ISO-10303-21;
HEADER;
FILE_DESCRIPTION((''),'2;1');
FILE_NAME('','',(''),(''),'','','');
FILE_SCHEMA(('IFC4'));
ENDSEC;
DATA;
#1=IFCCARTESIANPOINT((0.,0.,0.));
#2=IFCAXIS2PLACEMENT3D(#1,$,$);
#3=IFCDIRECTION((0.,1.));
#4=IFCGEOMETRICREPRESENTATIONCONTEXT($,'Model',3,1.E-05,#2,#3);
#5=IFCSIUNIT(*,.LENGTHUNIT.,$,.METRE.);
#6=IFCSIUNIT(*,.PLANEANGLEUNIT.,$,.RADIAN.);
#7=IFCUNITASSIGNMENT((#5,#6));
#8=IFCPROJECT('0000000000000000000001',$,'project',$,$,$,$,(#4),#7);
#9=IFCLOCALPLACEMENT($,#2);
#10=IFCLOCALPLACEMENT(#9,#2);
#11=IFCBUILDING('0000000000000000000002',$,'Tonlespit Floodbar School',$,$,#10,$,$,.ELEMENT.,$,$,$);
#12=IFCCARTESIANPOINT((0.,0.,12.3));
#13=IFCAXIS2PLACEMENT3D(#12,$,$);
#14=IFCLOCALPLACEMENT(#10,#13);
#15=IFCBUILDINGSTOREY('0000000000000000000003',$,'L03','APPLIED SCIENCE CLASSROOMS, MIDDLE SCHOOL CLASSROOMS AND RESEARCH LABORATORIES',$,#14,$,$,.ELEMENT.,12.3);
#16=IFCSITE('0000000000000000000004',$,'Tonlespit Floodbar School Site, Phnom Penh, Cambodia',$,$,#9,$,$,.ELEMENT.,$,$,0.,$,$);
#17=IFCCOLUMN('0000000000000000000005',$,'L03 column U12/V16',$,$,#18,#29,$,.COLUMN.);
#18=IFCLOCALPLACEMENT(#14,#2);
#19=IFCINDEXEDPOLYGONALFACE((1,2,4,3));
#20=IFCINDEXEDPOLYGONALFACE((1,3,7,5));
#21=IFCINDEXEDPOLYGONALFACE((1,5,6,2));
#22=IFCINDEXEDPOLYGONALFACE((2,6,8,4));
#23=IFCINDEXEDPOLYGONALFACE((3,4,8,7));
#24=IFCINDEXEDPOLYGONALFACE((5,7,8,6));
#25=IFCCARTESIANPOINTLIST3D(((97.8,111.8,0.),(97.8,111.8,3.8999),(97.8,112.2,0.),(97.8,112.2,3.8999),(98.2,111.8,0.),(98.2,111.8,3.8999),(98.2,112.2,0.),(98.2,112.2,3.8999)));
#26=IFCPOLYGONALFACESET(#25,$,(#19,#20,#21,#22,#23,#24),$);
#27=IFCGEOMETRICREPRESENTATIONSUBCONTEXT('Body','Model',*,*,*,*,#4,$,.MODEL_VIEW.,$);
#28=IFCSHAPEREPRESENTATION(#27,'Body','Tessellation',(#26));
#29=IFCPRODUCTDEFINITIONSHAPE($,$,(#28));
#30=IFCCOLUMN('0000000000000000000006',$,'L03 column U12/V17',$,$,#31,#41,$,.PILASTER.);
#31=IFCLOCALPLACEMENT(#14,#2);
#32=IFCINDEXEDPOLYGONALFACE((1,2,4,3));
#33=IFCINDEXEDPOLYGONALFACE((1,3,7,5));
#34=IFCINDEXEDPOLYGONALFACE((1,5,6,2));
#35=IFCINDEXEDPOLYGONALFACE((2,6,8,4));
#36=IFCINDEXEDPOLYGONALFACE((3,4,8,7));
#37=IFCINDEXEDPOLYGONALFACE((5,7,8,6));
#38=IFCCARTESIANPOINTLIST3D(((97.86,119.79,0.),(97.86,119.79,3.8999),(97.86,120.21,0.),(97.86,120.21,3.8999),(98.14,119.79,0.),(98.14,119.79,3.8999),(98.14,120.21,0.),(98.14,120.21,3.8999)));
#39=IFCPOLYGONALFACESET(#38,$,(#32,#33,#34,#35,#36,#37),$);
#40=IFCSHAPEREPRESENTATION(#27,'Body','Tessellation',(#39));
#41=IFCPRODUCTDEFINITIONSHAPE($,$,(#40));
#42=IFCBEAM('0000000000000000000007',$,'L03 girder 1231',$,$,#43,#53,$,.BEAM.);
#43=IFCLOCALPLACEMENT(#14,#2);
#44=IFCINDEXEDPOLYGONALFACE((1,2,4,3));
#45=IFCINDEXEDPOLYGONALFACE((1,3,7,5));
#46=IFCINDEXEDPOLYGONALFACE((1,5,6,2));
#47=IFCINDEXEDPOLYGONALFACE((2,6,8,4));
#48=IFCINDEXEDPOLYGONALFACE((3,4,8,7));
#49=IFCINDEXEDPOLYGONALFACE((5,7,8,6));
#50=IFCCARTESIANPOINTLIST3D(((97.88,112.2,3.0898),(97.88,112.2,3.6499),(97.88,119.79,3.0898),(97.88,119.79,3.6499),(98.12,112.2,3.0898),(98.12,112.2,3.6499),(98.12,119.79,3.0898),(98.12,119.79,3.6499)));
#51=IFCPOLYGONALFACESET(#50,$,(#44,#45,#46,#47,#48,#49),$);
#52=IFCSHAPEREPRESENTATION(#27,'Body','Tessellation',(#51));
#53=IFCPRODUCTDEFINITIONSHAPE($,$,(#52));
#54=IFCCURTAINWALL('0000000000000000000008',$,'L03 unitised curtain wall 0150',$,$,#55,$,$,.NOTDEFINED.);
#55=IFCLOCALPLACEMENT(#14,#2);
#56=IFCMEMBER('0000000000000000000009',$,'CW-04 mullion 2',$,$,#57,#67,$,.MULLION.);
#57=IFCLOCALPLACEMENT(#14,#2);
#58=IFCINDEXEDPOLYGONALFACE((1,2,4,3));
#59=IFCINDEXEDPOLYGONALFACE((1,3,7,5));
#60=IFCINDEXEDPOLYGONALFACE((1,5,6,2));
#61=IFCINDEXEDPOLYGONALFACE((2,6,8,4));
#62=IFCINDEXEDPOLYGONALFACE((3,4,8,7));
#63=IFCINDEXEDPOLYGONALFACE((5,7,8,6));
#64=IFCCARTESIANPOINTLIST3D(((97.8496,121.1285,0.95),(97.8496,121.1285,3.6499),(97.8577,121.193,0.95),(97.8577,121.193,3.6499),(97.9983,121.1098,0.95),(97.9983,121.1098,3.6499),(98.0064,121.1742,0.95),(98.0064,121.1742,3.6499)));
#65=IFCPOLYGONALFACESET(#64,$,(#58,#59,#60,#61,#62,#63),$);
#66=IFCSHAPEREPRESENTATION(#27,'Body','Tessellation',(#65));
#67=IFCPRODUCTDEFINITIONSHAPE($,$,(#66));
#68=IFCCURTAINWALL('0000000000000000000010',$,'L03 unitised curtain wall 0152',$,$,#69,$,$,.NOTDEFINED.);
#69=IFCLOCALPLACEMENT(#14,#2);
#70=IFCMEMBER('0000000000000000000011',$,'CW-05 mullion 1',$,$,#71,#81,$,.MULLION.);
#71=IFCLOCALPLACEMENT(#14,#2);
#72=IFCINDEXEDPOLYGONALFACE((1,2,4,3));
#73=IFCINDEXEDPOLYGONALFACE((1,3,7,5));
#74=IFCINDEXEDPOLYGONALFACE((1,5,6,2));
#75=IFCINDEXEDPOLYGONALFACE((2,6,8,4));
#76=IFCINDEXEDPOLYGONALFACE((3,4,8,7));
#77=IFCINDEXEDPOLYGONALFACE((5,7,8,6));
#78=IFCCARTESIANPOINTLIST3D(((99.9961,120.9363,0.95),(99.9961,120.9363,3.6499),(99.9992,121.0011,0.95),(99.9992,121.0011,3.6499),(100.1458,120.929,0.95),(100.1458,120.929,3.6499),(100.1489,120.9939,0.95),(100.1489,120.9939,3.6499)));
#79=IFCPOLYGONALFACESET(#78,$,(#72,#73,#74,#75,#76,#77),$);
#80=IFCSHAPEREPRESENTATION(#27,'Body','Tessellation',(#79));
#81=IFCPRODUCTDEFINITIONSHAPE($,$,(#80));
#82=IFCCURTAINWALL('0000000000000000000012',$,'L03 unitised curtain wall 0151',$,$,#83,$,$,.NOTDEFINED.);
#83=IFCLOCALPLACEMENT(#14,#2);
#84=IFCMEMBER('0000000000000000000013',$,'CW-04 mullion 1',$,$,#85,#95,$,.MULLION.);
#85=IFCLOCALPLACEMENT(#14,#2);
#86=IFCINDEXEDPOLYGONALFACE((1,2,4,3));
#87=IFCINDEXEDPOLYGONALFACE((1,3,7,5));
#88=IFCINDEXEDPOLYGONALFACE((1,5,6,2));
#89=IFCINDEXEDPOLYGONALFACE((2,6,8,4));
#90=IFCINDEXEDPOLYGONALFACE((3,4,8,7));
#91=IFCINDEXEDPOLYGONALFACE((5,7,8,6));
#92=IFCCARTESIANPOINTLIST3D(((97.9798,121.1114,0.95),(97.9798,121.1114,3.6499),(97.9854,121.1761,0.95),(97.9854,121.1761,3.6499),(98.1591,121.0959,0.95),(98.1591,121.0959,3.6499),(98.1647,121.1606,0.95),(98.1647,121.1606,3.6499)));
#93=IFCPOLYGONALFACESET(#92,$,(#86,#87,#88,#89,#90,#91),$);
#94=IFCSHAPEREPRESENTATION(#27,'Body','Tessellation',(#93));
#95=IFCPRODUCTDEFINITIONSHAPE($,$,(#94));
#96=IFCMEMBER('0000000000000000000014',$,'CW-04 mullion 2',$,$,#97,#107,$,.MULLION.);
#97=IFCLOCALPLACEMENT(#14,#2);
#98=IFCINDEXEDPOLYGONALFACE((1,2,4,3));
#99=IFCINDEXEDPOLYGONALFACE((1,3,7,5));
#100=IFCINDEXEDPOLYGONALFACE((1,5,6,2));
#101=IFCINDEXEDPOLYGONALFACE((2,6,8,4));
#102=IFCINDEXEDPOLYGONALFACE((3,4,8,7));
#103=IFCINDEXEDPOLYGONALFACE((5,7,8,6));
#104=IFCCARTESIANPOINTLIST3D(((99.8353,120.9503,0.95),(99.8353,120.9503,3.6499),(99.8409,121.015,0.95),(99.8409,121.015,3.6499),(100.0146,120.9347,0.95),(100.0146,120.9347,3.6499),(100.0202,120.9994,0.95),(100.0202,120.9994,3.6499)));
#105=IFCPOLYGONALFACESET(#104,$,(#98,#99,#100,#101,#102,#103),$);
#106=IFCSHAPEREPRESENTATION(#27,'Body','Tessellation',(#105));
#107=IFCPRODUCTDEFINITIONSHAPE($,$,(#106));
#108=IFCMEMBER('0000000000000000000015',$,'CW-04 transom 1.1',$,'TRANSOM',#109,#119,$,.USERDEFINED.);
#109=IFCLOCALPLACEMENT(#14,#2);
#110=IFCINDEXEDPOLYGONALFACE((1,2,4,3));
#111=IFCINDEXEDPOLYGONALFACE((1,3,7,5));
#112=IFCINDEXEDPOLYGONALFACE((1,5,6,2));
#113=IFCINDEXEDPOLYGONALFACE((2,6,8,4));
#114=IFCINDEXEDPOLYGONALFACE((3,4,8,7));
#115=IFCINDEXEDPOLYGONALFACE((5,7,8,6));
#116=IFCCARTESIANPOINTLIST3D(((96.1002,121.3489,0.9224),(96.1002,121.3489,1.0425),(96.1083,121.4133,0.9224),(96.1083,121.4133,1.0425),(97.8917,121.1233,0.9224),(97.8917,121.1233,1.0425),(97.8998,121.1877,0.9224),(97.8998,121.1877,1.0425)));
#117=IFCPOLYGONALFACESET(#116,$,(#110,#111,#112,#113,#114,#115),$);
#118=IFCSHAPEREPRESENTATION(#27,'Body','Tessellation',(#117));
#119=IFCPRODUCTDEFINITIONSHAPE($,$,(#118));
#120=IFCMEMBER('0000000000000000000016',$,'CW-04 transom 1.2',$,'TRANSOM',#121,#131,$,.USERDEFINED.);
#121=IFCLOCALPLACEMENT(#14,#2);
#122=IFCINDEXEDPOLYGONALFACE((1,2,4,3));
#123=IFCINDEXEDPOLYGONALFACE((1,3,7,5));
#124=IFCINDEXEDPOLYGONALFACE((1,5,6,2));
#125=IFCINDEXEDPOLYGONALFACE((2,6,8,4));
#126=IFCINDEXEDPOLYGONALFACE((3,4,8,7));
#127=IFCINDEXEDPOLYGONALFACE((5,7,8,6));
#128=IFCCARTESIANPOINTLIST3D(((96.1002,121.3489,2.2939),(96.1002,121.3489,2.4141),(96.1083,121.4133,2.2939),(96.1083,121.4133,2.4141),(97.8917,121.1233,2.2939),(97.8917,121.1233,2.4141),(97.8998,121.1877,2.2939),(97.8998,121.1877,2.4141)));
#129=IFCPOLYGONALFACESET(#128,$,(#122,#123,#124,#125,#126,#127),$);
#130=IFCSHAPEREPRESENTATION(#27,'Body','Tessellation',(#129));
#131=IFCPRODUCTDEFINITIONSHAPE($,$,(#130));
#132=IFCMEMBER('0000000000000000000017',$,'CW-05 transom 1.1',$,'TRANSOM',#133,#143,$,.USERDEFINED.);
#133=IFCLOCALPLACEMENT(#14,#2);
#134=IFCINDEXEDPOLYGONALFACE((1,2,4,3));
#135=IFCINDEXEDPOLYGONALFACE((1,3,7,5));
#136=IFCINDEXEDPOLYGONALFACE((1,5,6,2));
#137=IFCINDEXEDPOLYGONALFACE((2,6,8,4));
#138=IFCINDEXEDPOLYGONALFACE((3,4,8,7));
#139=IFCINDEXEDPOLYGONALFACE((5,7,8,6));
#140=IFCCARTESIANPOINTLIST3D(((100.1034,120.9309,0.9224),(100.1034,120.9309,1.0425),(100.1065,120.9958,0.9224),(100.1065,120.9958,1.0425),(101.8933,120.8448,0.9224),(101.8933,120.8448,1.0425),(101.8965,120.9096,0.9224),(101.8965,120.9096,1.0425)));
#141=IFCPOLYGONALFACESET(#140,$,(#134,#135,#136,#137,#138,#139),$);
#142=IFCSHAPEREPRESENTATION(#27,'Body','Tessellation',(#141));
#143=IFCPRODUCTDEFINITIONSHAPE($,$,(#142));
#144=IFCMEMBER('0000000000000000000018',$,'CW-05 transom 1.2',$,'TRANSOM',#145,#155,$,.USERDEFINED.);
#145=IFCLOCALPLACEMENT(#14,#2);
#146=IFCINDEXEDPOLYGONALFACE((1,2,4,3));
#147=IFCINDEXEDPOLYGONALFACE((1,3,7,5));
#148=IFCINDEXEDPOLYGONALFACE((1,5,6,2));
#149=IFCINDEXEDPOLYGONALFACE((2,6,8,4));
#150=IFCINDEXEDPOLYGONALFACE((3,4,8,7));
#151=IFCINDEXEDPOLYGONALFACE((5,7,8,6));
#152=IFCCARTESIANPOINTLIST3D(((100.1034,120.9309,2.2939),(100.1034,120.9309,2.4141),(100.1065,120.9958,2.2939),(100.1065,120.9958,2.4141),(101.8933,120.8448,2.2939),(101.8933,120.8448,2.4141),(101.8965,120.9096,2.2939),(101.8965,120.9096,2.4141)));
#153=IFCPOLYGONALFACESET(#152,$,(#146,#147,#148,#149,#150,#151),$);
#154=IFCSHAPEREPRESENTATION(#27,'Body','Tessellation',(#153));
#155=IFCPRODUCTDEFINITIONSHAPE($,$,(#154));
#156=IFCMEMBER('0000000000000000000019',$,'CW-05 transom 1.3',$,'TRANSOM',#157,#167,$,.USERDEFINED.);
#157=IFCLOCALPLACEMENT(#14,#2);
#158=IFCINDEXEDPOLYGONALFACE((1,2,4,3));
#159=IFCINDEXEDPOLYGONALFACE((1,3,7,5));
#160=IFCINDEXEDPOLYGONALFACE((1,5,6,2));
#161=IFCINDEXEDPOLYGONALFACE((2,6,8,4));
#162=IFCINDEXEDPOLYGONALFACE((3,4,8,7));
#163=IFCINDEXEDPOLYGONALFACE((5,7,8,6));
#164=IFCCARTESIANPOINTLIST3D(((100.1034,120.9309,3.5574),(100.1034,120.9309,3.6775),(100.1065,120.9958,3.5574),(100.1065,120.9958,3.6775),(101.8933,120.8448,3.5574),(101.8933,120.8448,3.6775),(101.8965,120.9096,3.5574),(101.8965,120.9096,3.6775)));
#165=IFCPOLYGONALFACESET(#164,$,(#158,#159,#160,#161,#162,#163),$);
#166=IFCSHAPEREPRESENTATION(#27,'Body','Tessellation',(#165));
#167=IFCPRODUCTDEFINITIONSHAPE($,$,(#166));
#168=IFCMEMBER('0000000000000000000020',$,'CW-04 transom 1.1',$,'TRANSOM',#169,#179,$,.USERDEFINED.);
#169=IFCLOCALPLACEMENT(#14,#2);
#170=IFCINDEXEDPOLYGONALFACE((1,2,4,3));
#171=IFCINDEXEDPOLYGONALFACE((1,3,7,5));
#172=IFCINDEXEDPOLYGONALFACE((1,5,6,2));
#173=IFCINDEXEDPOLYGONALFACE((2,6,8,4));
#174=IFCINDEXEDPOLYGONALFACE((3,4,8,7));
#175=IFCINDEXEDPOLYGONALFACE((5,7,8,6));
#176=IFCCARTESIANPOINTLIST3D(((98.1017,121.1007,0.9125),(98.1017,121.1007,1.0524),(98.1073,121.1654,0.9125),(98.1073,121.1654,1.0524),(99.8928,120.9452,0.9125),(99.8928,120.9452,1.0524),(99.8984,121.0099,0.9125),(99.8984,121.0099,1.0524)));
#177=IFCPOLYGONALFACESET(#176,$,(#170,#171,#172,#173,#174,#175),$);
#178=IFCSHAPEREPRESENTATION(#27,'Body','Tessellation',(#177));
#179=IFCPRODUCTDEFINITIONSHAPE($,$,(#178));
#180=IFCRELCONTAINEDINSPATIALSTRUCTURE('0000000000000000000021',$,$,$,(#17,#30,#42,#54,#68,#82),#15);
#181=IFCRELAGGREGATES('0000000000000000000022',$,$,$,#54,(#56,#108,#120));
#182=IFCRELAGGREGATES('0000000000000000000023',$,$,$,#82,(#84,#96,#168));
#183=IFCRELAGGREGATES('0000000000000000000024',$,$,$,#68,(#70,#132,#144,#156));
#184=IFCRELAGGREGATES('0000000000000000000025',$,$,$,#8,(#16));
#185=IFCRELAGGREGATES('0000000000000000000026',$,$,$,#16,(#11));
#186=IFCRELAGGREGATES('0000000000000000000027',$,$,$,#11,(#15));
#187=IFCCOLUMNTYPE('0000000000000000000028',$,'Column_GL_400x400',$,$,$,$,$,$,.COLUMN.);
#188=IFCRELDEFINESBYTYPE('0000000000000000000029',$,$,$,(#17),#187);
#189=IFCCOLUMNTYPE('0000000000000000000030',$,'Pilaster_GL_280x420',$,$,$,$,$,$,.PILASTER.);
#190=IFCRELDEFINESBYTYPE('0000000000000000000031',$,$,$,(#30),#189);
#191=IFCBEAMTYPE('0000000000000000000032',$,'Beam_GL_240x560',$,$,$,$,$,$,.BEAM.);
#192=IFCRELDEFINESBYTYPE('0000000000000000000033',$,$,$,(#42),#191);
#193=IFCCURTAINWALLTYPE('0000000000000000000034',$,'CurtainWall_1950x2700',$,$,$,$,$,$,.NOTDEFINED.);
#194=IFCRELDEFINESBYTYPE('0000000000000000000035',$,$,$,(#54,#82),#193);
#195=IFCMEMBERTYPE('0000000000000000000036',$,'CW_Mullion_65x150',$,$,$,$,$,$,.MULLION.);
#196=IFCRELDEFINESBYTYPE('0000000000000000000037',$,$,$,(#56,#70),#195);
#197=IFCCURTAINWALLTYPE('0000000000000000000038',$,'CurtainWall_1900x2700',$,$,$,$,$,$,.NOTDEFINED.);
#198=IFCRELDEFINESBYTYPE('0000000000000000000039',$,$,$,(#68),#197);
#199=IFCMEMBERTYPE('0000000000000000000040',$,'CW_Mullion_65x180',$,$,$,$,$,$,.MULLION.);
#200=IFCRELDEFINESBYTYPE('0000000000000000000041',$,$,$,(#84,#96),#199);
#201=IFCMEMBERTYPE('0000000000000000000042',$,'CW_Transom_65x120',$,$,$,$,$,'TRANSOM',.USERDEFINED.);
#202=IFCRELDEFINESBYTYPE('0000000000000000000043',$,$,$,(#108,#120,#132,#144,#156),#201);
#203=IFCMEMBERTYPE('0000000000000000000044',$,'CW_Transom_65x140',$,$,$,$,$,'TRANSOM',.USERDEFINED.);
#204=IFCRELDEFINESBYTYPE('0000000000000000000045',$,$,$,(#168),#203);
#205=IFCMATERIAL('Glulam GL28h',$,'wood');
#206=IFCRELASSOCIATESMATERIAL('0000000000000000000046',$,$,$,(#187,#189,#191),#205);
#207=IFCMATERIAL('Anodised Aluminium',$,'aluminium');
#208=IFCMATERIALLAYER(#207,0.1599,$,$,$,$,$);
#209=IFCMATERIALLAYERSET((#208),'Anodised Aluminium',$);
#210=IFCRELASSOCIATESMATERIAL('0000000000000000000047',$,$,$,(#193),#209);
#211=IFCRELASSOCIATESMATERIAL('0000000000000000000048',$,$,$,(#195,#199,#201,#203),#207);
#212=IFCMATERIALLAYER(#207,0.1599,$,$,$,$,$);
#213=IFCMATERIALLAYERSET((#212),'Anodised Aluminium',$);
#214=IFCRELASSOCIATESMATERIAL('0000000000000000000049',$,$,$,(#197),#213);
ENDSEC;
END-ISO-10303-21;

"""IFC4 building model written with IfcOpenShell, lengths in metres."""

from ifc_helpers import new_model, si_unit, direction, frame, origin, origin_2d, place, context, subcontext, project, spatial, rectangle, extrude, material, layer, layer_set, material_profile, profile_set, type_object, element, aggregate, save


model = new_model("IFC4")

# Units and contexts
model_context = context("Model", 3, precision=1e-05, world=origin(), true_north=direction((0.0, 1.0)))
body_context = subcontext(model_context, "Body", "Model", "MODEL_VIEW")
ifc_project = project(units=[si_unit("LENGTHUNIT", "METRE"), si_unit("PLANEANGLEUNIT", "RADIAN")], contexts=[model_context])

# Site, building, storey
site_placement = place(None, origin())
site = spatial("IfcSite", under=ifc_project, at=site_placement, Name="Tonlespit Floodbar School Site, Phnom Penh, Cambodia", CompositionType="ELEMENT", RefElevation=0.0)
building_placement = place(site_placement, origin())
building = spatial("IfcBuilding", under=site, at=building_placement, Name="Tonlespit Floodbar School", CompositionType="ELEMENT")
storey_placement = place(building_placement, frame((0.0, 0.0, 12.3)))
storey = spatial("IfcBuildingStorey", under=building, at=storey_placement, Name="L03", Description="APPLIED SCIENCE CLASSROOMS, MIDDLE SCHOOL CLASSROOMS AND RESEARCH LABORATORIES", CompositionType="ELEMENT", Elevation=12.3)

# Columns
ifc_material_1 = material(Name="Glulam GL28h", Category="wood")
ifc_material_profile_1 = material_profile(ifc_material_1, rectangle(XDim=0.3999, YDim=0.3999, at=origin_2d()), Name="GL 400x400")
ifc_profile_set_1 = profile_set([ifc_material_profile_1], Name="Glulam GL28h")
column_type_1 = type_object("IfcColumnType", Name="Column_GL_400x400", PredefinedType="COLUMN", material=ifc_profile_set_1)
column_1_placement = place(storey_placement, frame((98.0, 112.0, 0.0), z_axis=(0.0, 0.0, 1.0), x_axis=(1.0, 0.0, 0.0)))
element("IfcColumn", 1, at=column_1_placement, inside=storey, type_object=column_type_1, Name="L03 column U12/V16", PredefinedType="COLUMN", context=body_context, shape_type="SweptSolid", body=[
    extrude(rectangle(XDim=0.3999, YDim=0.3999, at=origin_2d()), origin(), (0.0, 0.0, 1.0), 3.8999),
])
ifc_material_profile_2 = material_profile(ifc_material_1, rectangle(XDim=0.28, YDim=0.4199, at=origin_2d()), Name="GL 280x420")
ifc_profile_set_2 = profile_set([ifc_material_profile_2], Name="Glulam GL28h")
column_type_2 = type_object("IfcColumnType", Name="Pilaster_GL_280x420", PredefinedType="PILASTER", material=ifc_profile_set_2)
column_2_placement = place(storey_placement, frame((98.0, 120.0, 0.0), z_axis=(0.0, 0.0, 1.0), x_axis=(1.0, 0.0, 0.0)))
element("IfcColumn", 2, at=column_2_placement, inside=storey, type_object=column_type_2, Name="L03 column U12/V17", PredefinedType="PILASTER", context=body_context, shape_type="SweptSolid", body=[
    extrude(rectangle(XDim=0.28, YDim=0.4199, at=origin_2d()), origin(), (0.0, 0.0, 1.0), 3.8999),
])

# Beam
ifc_material_profile_3 = material_profile(ifc_material_1, rectangle(XDim=0.24, YDim=0.5601, at=origin_2d()), Name="GL 240x560")
ifc_profile_set_3 = profile_set([ifc_material_profile_3], Name="Glulam GL28h")
beam_type_1 = type_object("IfcBeamType", Name="Beam_GL_240x560", PredefinedType="BEAM", material=ifc_profile_set_3)
beam_1_placement = place(storey_placement, frame((98.0, 112.2, 3.3699), z_axis=(0.0, 1.0, 0.0), x_axis=(-1.0, 0.0, 0.0)))
element("IfcBeam", 3, at=beam_1_placement, inside=storey, type_object=beam_type_1, Name="L03 girder 1231", PredefinedType="BEAM", context=body_context, shape_type="SweptSolid", body=[
    extrude(rectangle(XDim=0.24, YDim=0.5601, at=origin_2d()), origin(), (0.0, 0.0, 1.0), 7.5901),
])

# Curtain walls, members
ifc_material_2 = material(Name="Anodised Aluminium", Category="aluminium")
ifc_layer_1 = layer(ifc_material_2, 0.1599)
ifc_layer_set_1 = layer_set([ifc_layer_1], Name="Anodised Aluminium")
curtain_wall_type_1 = type_object("IfcCurtainWallType", Name="CurtainWall_1950x2700", PredefinedType="NOTDEFINED", material=ifc_layer_set_1)
curtain_wall_1_placement = place(storey_placement, origin())
curtain_wall_1 = element("IfcCurtainWall", 4, at=curtain_wall_1_placement, inside=storey, type_object=curtain_wall_type_1, Name="L03 unitised curtain wall 0150", PredefinedType="NOTDEFINED")
ifc_material_profile_4 = material_profile(ifc_material_2, rectangle(XDim=0.0649, YDim=0.1499, at=origin_2d()), Name="ALU M65x150")
ifc_profile_set_4 = profile_set([ifc_material_profile_4], Name="Anodised Aluminium")
member_type_1 = type_object("IfcMemberType", Name="CW_Mullion_65x150", PredefinedType="MULLION", material=ifc_profile_set_4)
member_1_placement = place(storey_placement, frame((97.928, 121.1514, 0.95), z_axis=(0.0, 0.0, 1.0), x_axis=(0.125014, 0.992155, 0.0)))
member_1 = element("IfcMember", 5, at=member_1_placement, type_object=member_type_1, Name="CW-04 mullion 2", PredefinedType="MULLION", context=body_context, shape_type="SweptSolid", body=[
    extrude(rectangle(XDim=0.0649, YDim=0.1499, at=origin_2d()), origin(), (0.0, 0.0, 1.0), 2.7),
])
ifc_layer_2 = layer(ifc_material_2, 0.1599)
ifc_layer_set_2 = layer_set([ifc_layer_2], Name="Anodised Aluminium")
curtain_wall_type_2 = type_object("IfcCurtainWallType", Name="CurtainWall_1900x2700", PredefinedType="NOTDEFINED", material=ifc_layer_set_2)
curtain_wall_2_placement = place(storey_placement, origin())
curtain_wall_2 = element("IfcCurtainWall", 6, at=curtain_wall_2_placement, inside=storey, type_object=curtain_wall_type_2, Name="L03 unitised curtain wall 0152", PredefinedType="NOTDEFINED")
member_2_placement = place(storey_placement, frame((100.0725, 120.9651, 0.95), z_axis=(0.0, 0.0, 1.0), x_axis=(0.048121, 0.998842, 0.0)))
member_2 = element("IfcMember", 7, at=member_2_placement, type_object=member_type_1, Name="CW-05 mullion 1", PredefinedType="MULLION", context=body_context, shape_type="SweptSolid", body=[
    extrude(rectangle(XDim=0.0649, YDim=0.1499, at=origin_2d()), origin(), (0.0, 0.0, 1.0), 2.7),
])

# Curtain wall, members
curtain_wall_3_placement = place(storey_placement, origin())
curtain_wall_3 = element("IfcCurtainWall", 8, at=curtain_wall_3_placement, inside=storey, type_object=curtain_wall_type_1, Name="L03 unitised curtain wall 0151", PredefinedType="NOTDEFINED")
ifc_material_profile_5 = material_profile(ifc_material_2, rectangle(XDim=0.0649, YDim=0.1799, at=origin_2d()), Name="ALU M65x180")
ifc_profile_set_5 = profile_set([ifc_material_profile_5], Name="Anodised Aluminium")
member_type_2 = type_object("IfcMemberType", Name="CW_Mullion_65x180", PredefinedType="MULLION", material=ifc_profile_set_5)
member_3_placement = place(storey_placement, frame((98.0723, 121.136, 0.95), z_axis=(0.0, 0.0, 1.0), x_axis=(0.086531, 0.996249, 0.0)))
member_3 = element("IfcMember", 9, at=member_3_placement, type_object=member_type_2, Name="CW-04 mullion 1", PredefinedType="MULLION", context=body_context, shape_type="SweptSolid", body=[
    extrude(rectangle(XDim=0.0649, YDim=0.1799, at=origin_2d()), origin(), (0.0, 0.0, 1.0), 2.7),
])
member_4_placement = place(storey_placement, frame((99.9277, 120.9749, 0.95), z_axis=(0.0, 0.0, 1.0), x_axis=(0.086531, 0.996249, 0.0)))
member_4 = element("IfcMember", 10, at=member_4_placement, type_object=member_type_2, Name="CW-04 mullion 2", PredefinedType="MULLION", context=body_context, shape_type="SweptSolid", body=[
    extrude(rectangle(XDim=0.0649, YDim=0.1799, at=origin_2d()), origin(), (0.0, 0.0, 1.0), 2.7),
])

# Members
ifc_material_profile_6 = material_profile(ifc_material_2, rectangle(XDim=0.0649, YDim=0.1201, at=origin_2d()), Name="ALU T65x120")
ifc_profile_set_6 = profile_set([ifc_material_profile_6], Name="Anodised Aluminium")
member_type_3 = type_object("IfcMemberType", Name="CW_Transom_65x120", ElementType="TRANSOM", PredefinedType="USERDEFINED", material=ifc_profile_set_6)
member_5_placement = place(storey_placement, frame((96.1042, 121.3811, 0.9824), z_axis=(0.992165, -0.124933, 0.0), x_axis=(0.124933, 0.992165, 0.0)))
member_5 = element("IfcMember", 11, at=member_5_placement, type_object=member_type_3, Name="CW-04 transom 1.1", ObjectType="TRANSOM", PredefinedType="USERDEFINED", context=body_context, shape_type="SweptSolid", body=[
    extrude(rectangle(XDim=0.0649, YDim=0.1201, at=origin_2d()), origin(), (0.0, 0.0, 1.0), 1.8057),
])
member_6_placement = place(storey_placement, frame((96.1042, 121.3811, 2.354), z_axis=(0.992165, -0.124933, 0.0), x_axis=(0.124933, 0.992165, 0.0)))
member_6 = element("IfcMember", 12, at=member_6_placement, type_object=member_type_3, Name="CW-04 transom 1.2", ObjectType="TRANSOM", PredefinedType="USERDEFINED", context=body_context, shape_type="SweptSolid", body=[
    extrude(rectangle(XDim=0.0649, YDim=0.1201, at=origin_2d()), origin(), (0.0, 0.0, 1.0), 1.8057),
])
member_7_placement = place(storey_placement, frame((100.105, 120.9634, 0.9824), z_axis=(0.998843, -0.048089, 0.0), x_axis=(0.048089, 0.998843, 0.0)))
member_7 = element("IfcMember", 13, at=member_7_placement, type_object=member_type_3, Name="CW-05 transom 1.1", ObjectType="TRANSOM", PredefinedType="USERDEFINED", context=body_context, shape_type="SweptSolid", body=[
    extrude(rectangle(XDim=0.0649, YDim=0.1201, at=origin_2d()), origin(), (0.0, 0.0, 1.0), 1.792),
])
member_8_placement = place(storey_placement, frame((100.105, 120.9634, 2.354), z_axis=(0.998843, -0.048089, 0.0), x_axis=(0.048089, 0.998843, 0.0)))
member_8 = element("IfcMember", 14, at=member_8_placement, type_object=member_type_3, Name="CW-05 transom 1.2", ObjectType="TRANSOM", PredefinedType="USERDEFINED", context=body_context, shape_type="SweptSolid", body=[
    extrude(rectangle(XDim=0.0649, YDim=0.1201, at=origin_2d()), origin(), (0.0, 0.0, 1.0), 1.792),
])
member_9_placement = place(storey_placement, frame((100.105, 120.9634, 3.6174), z_axis=(0.998843, -0.048089, 0.0), x_axis=(0.048089, 0.998843, 0.0)))
member_9 = element("IfcMember", 15, at=member_9_placement, type_object=member_type_3, Name="CW-05 transom 1.3", ObjectType="TRANSOM", PredefinedType="USERDEFINED", context=body_context, shape_type="SweptSolid", body=[
    extrude(rectangle(XDim=0.0649, YDim=0.1201, at=origin_2d()), origin(), (0.0, 0.0, 1.0), 1.792),
])
ifc_material_profile_7 = material_profile(ifc_material_2, rectangle(XDim=0.0649, YDim=0.1399, at=origin_2d()), Name="ALU T65x140")
ifc_profile_set_7 = profile_set([ifc_material_profile_7], Name="Anodised Aluminium")
member_type_4 = type_object("IfcMemberType", Name="CW_Transom_65x140", ElementType="TRANSOM", PredefinedType="USERDEFINED", material=ifc_profile_set_7)
member_10_placement = place(storey_placement, frame((98.1045, 121.1331, 0.9824), z_axis=(0.996251, -0.086507, 0.0), x_axis=(0.086507, 0.996251, 0.0)))
member_10 = element("IfcMember", 16, at=member_10_placement, type_object=member_type_4, Name="CW-04 transom 1.1", ObjectType="TRANSOM", PredefinedType="USERDEFINED", context=body_context, shape_type="SweptSolid", body=[
    extrude(rectangle(XDim=0.0649, YDim=0.1399, at=origin_2d()), origin(), (0.0, 0.0, 1.0), 1.7979),
])

aggregate(curtain_wall_1, [member_1, member_5, member_6])
aggregate(curtain_wall_3, [member_3, member_4, member_10])
aggregate(curtain_wall_2, [member_2, member_7, member_8, member_9])

save(model, "model.ifc")
